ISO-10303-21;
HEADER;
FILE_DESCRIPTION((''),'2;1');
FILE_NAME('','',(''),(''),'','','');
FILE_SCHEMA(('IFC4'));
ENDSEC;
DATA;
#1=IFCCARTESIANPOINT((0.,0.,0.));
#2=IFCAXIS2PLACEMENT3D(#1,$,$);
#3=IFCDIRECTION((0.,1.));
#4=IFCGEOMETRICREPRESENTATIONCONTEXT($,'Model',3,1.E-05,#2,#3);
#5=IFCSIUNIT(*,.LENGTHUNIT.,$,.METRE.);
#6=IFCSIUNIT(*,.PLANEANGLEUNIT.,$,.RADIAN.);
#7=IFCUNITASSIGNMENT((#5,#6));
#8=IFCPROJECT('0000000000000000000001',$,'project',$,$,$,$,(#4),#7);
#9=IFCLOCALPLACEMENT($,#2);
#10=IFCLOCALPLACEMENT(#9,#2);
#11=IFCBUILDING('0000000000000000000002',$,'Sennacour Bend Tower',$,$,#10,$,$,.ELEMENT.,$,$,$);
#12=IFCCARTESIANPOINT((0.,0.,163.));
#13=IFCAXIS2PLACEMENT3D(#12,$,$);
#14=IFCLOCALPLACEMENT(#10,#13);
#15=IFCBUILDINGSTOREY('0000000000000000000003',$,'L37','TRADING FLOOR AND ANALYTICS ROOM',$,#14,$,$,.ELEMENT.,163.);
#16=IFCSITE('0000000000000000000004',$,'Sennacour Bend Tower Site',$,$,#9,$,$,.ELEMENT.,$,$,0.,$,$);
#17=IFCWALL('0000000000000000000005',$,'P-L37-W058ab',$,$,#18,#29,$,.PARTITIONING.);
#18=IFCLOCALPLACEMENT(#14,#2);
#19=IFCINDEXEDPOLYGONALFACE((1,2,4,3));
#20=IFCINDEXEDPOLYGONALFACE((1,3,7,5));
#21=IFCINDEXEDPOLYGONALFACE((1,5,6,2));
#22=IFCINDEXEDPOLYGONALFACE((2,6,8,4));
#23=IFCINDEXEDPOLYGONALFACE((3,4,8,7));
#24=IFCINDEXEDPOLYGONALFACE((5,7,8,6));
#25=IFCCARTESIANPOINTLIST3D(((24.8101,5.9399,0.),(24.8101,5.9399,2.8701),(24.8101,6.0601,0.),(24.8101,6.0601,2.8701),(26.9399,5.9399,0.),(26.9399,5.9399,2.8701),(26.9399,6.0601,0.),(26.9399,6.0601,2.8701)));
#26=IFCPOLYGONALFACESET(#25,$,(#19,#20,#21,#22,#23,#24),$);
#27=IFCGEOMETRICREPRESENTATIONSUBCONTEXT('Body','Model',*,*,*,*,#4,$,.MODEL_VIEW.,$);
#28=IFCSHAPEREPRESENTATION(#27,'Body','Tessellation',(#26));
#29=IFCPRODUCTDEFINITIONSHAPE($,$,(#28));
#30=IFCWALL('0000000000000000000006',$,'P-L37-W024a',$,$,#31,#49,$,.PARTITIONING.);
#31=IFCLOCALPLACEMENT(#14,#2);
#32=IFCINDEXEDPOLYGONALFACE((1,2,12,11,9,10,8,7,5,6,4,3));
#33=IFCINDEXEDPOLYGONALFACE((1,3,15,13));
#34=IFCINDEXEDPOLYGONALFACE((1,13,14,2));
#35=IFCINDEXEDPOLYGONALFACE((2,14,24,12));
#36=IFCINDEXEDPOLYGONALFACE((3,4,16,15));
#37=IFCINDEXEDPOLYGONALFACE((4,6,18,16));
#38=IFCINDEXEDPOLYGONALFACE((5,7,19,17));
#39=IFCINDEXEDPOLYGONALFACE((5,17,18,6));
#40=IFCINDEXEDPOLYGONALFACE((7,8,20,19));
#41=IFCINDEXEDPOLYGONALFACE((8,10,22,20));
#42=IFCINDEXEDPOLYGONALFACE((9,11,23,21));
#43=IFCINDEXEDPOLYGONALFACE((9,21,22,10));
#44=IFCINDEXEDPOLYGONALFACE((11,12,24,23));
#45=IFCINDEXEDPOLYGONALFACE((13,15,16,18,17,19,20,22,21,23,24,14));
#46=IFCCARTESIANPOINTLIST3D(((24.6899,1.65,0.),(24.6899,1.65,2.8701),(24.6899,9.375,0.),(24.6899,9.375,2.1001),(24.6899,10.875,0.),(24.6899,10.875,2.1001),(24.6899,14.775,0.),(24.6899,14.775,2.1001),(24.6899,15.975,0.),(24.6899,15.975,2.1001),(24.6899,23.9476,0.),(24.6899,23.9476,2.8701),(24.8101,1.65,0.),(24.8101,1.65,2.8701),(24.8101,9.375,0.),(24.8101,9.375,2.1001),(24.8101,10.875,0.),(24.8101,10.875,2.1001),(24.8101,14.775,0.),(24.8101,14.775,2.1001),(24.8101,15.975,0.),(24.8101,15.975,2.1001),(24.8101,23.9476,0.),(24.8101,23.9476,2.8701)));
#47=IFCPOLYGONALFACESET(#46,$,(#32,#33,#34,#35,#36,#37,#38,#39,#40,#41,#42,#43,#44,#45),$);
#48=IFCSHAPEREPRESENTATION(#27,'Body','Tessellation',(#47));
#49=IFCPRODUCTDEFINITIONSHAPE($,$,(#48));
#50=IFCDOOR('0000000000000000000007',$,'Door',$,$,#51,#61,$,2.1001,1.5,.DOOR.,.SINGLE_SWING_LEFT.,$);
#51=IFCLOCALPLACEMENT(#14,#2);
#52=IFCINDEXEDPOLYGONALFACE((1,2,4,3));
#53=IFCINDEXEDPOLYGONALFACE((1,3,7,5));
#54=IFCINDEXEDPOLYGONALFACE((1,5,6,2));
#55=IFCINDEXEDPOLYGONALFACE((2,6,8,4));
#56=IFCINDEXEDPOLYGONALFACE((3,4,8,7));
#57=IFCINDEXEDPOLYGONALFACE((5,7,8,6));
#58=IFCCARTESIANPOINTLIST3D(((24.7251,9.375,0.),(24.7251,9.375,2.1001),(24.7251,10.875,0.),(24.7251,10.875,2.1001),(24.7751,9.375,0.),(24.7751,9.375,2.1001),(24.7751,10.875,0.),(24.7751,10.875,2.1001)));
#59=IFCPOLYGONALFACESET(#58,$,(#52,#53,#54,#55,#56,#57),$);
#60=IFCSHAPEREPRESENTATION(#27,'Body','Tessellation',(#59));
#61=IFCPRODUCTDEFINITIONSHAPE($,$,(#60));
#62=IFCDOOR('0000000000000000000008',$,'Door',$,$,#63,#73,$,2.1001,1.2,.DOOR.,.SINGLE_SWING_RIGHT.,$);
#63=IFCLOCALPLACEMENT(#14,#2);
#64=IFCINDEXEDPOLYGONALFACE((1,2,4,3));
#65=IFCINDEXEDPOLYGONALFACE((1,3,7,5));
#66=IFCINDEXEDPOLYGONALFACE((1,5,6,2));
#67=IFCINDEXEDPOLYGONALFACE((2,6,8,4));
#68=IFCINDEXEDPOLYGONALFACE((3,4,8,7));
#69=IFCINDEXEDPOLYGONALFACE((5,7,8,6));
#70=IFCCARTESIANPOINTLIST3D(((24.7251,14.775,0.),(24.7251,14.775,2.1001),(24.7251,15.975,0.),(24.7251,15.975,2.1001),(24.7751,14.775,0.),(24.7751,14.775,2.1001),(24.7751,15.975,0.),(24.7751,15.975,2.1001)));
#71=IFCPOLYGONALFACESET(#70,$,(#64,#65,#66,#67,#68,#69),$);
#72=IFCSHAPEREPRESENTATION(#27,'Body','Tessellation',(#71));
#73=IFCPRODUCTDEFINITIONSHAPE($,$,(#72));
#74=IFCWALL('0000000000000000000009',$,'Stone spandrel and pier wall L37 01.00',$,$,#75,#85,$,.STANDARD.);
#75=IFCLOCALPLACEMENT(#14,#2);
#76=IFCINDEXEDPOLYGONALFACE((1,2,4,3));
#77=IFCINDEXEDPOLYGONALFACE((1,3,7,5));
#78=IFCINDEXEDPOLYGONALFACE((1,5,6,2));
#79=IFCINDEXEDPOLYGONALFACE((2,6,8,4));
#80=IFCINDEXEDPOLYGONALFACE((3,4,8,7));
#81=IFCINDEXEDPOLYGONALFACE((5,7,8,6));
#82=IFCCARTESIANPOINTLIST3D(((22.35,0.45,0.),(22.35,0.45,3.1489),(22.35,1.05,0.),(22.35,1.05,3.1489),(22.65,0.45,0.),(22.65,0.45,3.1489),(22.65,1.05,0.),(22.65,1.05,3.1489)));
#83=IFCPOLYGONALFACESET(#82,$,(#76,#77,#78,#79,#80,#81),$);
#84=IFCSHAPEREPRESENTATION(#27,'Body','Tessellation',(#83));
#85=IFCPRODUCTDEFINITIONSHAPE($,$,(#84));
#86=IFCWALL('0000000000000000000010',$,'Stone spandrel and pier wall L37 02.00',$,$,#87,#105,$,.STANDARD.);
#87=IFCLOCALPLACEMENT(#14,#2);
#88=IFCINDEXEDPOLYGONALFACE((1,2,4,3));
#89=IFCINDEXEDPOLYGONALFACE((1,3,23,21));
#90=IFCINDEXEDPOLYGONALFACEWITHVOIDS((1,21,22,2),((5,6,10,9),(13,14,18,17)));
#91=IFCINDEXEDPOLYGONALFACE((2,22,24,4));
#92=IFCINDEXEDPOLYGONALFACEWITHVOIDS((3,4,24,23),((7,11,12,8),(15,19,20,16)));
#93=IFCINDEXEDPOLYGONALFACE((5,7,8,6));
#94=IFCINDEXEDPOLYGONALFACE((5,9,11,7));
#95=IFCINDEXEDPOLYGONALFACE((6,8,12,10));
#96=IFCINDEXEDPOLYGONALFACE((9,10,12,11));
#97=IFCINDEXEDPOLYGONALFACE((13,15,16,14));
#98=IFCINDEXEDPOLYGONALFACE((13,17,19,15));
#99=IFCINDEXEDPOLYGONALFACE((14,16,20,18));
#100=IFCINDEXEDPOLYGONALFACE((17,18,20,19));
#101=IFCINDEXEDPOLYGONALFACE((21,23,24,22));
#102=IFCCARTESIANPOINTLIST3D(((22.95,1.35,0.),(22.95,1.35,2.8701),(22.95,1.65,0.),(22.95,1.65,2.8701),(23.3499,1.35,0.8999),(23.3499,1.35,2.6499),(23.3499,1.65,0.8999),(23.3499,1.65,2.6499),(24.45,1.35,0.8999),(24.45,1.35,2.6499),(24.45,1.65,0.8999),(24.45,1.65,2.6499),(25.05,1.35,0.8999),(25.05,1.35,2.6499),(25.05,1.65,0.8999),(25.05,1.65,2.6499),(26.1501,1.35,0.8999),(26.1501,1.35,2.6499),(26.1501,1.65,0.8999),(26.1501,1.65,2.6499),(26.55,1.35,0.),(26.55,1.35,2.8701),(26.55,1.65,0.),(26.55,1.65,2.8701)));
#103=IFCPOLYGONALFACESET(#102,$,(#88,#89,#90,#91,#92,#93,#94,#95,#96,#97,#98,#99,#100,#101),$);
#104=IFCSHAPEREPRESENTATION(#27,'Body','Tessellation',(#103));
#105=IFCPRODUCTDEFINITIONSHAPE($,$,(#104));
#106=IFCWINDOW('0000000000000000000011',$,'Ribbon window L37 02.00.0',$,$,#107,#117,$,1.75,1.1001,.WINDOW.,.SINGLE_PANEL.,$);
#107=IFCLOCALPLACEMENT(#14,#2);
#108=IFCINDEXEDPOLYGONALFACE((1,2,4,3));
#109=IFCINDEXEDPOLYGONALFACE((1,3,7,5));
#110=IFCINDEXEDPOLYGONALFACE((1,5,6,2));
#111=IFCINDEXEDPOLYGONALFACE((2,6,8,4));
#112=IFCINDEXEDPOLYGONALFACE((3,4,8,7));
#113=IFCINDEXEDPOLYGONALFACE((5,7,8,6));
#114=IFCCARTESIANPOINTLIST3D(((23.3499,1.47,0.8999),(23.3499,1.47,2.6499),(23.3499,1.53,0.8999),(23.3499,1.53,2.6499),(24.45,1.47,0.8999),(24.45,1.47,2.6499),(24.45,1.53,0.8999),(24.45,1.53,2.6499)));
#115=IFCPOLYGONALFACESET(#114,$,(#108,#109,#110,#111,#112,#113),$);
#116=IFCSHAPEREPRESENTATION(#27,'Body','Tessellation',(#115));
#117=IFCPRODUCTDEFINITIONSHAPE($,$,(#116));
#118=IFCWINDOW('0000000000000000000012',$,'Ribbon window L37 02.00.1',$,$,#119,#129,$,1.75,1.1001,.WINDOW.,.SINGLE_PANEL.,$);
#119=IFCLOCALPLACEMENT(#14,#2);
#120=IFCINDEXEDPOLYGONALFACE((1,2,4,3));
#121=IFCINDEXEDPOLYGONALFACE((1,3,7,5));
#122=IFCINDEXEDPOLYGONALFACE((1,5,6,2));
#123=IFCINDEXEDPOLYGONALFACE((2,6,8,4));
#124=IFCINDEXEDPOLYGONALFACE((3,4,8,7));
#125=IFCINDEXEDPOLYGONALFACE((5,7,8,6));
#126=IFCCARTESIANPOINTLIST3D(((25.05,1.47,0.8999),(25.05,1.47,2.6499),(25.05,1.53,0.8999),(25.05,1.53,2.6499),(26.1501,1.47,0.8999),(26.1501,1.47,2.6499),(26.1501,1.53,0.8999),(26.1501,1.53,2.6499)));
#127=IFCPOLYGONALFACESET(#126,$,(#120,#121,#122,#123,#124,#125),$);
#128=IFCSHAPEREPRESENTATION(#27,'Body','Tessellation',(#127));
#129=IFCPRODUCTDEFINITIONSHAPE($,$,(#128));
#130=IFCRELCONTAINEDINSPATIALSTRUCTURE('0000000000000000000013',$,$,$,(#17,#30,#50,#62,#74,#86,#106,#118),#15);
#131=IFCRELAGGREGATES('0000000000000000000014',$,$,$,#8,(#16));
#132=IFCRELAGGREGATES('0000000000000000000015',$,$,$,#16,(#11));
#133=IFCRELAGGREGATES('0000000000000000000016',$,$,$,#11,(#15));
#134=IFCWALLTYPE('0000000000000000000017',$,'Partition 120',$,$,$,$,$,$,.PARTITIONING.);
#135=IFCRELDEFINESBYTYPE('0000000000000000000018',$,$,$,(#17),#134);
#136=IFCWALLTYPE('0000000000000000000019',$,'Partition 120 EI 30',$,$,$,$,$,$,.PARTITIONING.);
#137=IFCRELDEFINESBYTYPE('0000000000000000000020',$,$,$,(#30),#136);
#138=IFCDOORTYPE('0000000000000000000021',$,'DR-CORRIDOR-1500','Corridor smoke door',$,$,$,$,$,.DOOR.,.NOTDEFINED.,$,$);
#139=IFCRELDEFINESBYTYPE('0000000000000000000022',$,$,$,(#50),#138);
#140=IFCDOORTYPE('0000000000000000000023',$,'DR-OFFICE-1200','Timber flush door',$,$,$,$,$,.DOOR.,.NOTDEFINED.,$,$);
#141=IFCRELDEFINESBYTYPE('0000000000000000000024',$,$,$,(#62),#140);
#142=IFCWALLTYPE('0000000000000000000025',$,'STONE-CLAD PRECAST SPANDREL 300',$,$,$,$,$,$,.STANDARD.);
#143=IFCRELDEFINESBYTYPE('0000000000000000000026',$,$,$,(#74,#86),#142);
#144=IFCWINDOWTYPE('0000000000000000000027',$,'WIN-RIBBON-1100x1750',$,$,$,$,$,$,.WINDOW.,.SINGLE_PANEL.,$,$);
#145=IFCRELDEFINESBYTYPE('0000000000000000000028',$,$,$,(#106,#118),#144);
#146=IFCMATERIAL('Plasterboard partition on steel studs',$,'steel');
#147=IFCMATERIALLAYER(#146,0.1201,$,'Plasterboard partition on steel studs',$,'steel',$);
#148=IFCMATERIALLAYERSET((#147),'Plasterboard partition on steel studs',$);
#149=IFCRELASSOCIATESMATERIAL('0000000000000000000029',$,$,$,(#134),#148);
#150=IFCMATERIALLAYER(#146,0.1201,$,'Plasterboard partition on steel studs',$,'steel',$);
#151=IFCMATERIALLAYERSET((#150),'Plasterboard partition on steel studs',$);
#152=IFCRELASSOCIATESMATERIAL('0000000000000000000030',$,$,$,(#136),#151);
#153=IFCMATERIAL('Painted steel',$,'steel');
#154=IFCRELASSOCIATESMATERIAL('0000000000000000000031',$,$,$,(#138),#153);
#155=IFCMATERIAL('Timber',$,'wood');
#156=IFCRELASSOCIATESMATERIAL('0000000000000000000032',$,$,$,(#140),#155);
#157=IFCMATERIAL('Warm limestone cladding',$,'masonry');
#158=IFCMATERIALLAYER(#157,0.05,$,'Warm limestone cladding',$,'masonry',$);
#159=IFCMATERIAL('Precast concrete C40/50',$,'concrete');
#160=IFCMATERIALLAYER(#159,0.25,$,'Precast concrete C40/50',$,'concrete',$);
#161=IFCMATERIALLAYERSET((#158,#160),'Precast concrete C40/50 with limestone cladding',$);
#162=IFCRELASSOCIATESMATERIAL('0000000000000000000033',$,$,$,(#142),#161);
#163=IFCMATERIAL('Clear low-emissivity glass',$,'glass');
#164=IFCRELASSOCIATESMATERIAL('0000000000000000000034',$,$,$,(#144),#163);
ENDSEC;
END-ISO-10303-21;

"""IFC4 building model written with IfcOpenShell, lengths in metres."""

from ifc_helpers import new_model, si_unit, direction, frame, frame_2d, origin, place, context, subcontext, project, spatial, rectangle, extrude, material, layer, layer_set, type_object, element, fill, save


model = new_model("IFC4")

# Units and contexts
model_context = context("Model", 3, precision=1e-05, world=origin(), true_north=direction((0.0, 1.0)))
body_context = subcontext(model_context, "Body", "Model", "MODEL_VIEW")
ifc_project = project(units=[si_unit("LENGTHUNIT", "METRE"), si_unit("PLANEANGLEUNIT", "RADIAN")], contexts=[model_context])

# Site, building, storey
site_placement = place(None, origin())
site = spatial("IfcSite", under=ifc_project, at=site_placement, Name="Sennacour Bend Tower Site", CompositionType="ELEMENT", RefElevation=0.0)
building_placement = place(site_placement, origin())
building = spatial("IfcBuilding", under=site, at=building_placement, Name="Sennacour Bend Tower", CompositionType="ELEMENT")
storey_placement = place(building_placement, frame((0.0, 0.0, 163.0)))
storey = spatial("IfcBuildingStorey", under=building, at=storey_placement, Name="L37", Description="TRADING FLOOR AND ANALYTICS ROOM", CompositionType="ELEMENT", Elevation=163.0)

# Wall
ifc_material_1 = material(Name="Plasterboard partition on steel studs", Category="steel")
ifc_layer_1 = layer(ifc_material_1, 0.1201, Name="Plasterboard partition on steel studs", Category="steel")
ifc_layer_set_1 = layer_set([ifc_layer_1], Name="Plasterboard partition on steel studs")
wall_type_1 = type_object("IfcWallType", Name="Partition 120", PredefinedType="PARTITIONING", material=ifc_layer_set_1)
wall_1_placement = place(storey_placement, frame((24.8101, 6.0, 0.0), z_axis=(0.0, 0.0, 1.0), x_axis=(1.0, 0.0, 0.0)))
element("IfcWall", 1, at=wall_1_placement, inside=storey, type_object=wall_type_1, Name="P-L37-W058ab", PredefinedType="PARTITIONING", context=body_context, shape_type="SweptSolid", body=[
    extrude(rectangle(XDim=2.1299, YDim=0.1201, at=frame_2d((1.0649, 0.0))), origin(), (0.0, 0.0, 1.0), 2.8701),
])

# Wall, openings, doors
ifc_layer_2 = layer(ifc_material_1, 0.1201, Name="Plasterboard partition on steel studs", Category="steel")
ifc_layer_set_2 = layer_set([ifc_layer_2], Name="Plasterboard partition on steel studs")
wall_type_2 = type_object("IfcWallType", Name="Partition 120 EI 30", PredefinedType="PARTITIONING", material=ifc_layer_set_2)
wall_2_placement = place(storey_placement, frame((24.75, 1.6499, 0.0), z_axis=(0.0, 0.0, 1.0), x_axis=(0.0, 1.0, 0.0)))
wall_2 = element("IfcWall", 2, at=wall_2_placement, inside=storey, type_object=wall_type_2, Name="P-L37-W024a", PredefinedType="PARTITIONING", context=body_context, shape_type="SweptSolid", body=[
    extrude(rectangle(XDim=22.2976, YDim=0.1201, at=frame_2d((11.1489, 0.0))), origin(), (0.0, 0.0, 1.0), 2.8701),
])
opening_1_placement = place(wall_2_placement, frame((7.7251, 0.0, 0.0)))
opening_1 = element("IfcOpeningElement", 3, at=opening_1_placement, cuts=wall_2, PredefinedType="OPENING", context=body_context, shape_type="SweptSolid", body=[
    extrude(rectangle(XDim=1.5, YDim=2.1001, at=frame_2d((0.75, 1.05))), frame((0.0, 0.0701, 0.0), z_axis=(0.0, -1.0, 0.0), x_axis=(1.0, 0.0, 0.0)), (0.0, 0.0, 1.0), 0.1401),
])
opening_2_placement = place(wall_2_placement, frame((13.125, 0.0, 0.0)))
opening_2 = element("IfcOpeningElement", 4, at=opening_2_placement, cuts=wall_2, PredefinedType="OPENING", context=body_context, shape_type="SweptSolid", body=[
    extrude(rectangle(XDim=1.2, YDim=2.1001, at=frame_2d((0.6001, 1.05))), frame((0.0, 0.0701, 0.0), z_axis=(0.0, -1.0, 0.0), x_axis=(1.0, 0.0, 0.0)), (0.0, 0.0, 1.0), 0.1401),
])
ifc_material_2 = material(Name="Painted steel", Category="steel")
door_type_1 = type_object("IfcDoorType", Name="DR-CORRIDOR-1500", Description="Corridor smoke door", OperationType="NOTDEFINED", PredefinedType="DOOR", material=ifc_material_2)
door_1_placement = place(opening_1_placement, origin())
door_1 = element("IfcDoor", 5, at=door_1_placement, inside=storey, type_object=door_type_1, Name="Door", OperationType="SINGLE_SWING_LEFT", OverallHeight=2.1001, OverallWidth=1.5, PredefinedType="DOOR", context=body_context, shape_type="SweptSolid", body=[
    extrude(rectangle(XDim=1.5, YDim=2.1001, at=frame_2d((0.75, 1.05))), frame((0.0, 0.0249, 0.0), z_axis=(0.0, -1.0, 0.0), x_axis=(1.0, 0.0, 0.0)), (0.0, 0.0, 1.0), 0.05),
])
fill(opening_1, door_1)
ifc_material_3 = material(Name="Timber", Category="wood")
door_type_2 = type_object("IfcDoorType", Name="DR-OFFICE-1200", Description="Timber flush door", OperationType="NOTDEFINED", PredefinedType="DOOR", material=ifc_material_3)
door_2_placement = place(opening_2_placement, origin())
door_2 = element("IfcDoor", 6, at=door_2_placement, inside=storey, type_object=door_type_2, Name="Door", OperationType="SINGLE_SWING_RIGHT", OverallHeight=2.1001, OverallWidth=1.2, PredefinedType="DOOR", context=body_context, shape_type="SweptSolid", body=[
    extrude(rectangle(XDim=1.2, YDim=2.1001, at=frame_2d((0.6001, 1.05))), frame((0.0, 0.0249, 0.0), z_axis=(0.0, -1.0, 0.0), x_axis=(1.0, 0.0, 0.0)), (0.0, 0.0, 1.0), 0.05),
])
fill(opening_2, door_2)

# Wall
ifc_material_4 = material(Name="Warm limestone cladding", Category="masonry")
ifc_layer_3 = layer(ifc_material_4, 0.05, Name="Warm limestone cladding", Category="masonry")
ifc_material_5 = material(Name="Precast concrete C40/50", Category="concrete")
ifc_layer_4 = layer(ifc_material_5, 0.25, Name="Precast concrete C40/50", Category="concrete")
ifc_layer_set_3 = layer_set([ifc_layer_3, ifc_layer_4], Name="Precast concrete C40/50 with limestone cladding")
wall_type_3 = type_object("IfcWallType", Name="STONE-CLAD PRECAST SPANDREL 300", PredefinedType="STANDARD", material=ifc_layer_set_3)
wall_3_placement = place(storey_placement, frame((22.5, 0.45, 0.0), z_axis=(0.0, 0.0, 1.0), x_axis=(0.0, 1.0, 0.0)))
element("IfcWall", 7, at=wall_3_placement, inside=storey, type_object=wall_type_3, Name="Stone spandrel and pier wall L37 01.00", PredefinedType="STANDARD", context=body_context, shape_type="SweptSolid", body=[
    extrude(rectangle(XDim=0.6001, YDim=0.3, at=frame_2d((0.3, 0.0))), origin(), (0.0, 0.0, 1.0), 3.1489),
])

# Wall, openings, windows
wall_4_placement = place(storey_placement, frame((22.95, 1.5, 0.0), z_axis=(0.0, 0.0, 1.0), x_axis=(1.0, 0.0, 0.0)))
wall_4 = element("IfcWall", 8, at=wall_4_placement, inside=storey, type_object=wall_type_3, Name="Stone spandrel and pier wall L37 02.00", PredefinedType="STANDARD", context=body_context, shape_type="SweptSolid", body=[
    extrude(rectangle(XDim=3.6001, YDim=0.3, at=frame_2d((1.8, 0.0))), origin(), (0.0, 0.0, 1.0), 2.8701),
])
opening_3_placement = place(wall_4_placement, frame((0.3999, 0.0, 0.8999)))
opening_3 = element("IfcOpeningElement", 9, at=opening_3_placement, cuts=wall_4, PredefinedType="OPENING", context=body_context, shape_type="SweptSolid", body=[
    extrude(rectangle(XDim=1.1001, YDim=1.75, at=frame_2d((0.55, 0.875))), frame((0.0, 0.1602, 0.0), z_axis=(0.0, -1.0, 0.0), x_axis=(1.0, 0.0, 0.0)), (0.0, 0.0, 1.0), 0.3201),
])
opening_4_placement = place(wall_4_placement, frame((2.1001, 0.0, 0.8999)))
opening_4 = element("IfcOpeningElement", 10, at=opening_4_placement, cuts=wall_4, PredefinedType="OPENING", context=body_context, shape_type="SweptSolid", body=[
    extrude(rectangle(XDim=1.1001, YDim=1.75, at=frame_2d((0.55, 0.875))), frame((0.0, 0.1602, 0.0), z_axis=(0.0, -1.0, 0.0), x_axis=(1.0, 0.0, 0.0)), (0.0, 0.0, 1.0), 0.3201),
])
ifc_material_6 = material(Name="Clear low-emissivity glass", Category="glass")
window_type = type_object("IfcWindowType", Name="WIN-RIBBON-1100x1750", PartitioningType="SINGLE_PANEL", PredefinedType="WINDOW", material=ifc_material_6)
window_1_placement = place(opening_3_placement, origin())
window_1 = element("IfcWindow", 11, at=window_1_placement, inside=storey, type_object=window_type, Name="Ribbon window L37 02.00.0", OverallHeight=1.75, OverallWidth=1.1001, PartitioningType="SINGLE_PANEL", PredefinedType="WINDOW", context=body_context, shape_type="SweptSolid", body=[
    extrude(rectangle(XDim=1.1001, YDim=1.75, at=frame_2d((0.55, 0.875))), frame((0.0, 0.03, 0.0), z_axis=(0.0, -1.0, 0.0), x_axis=(1.0, 0.0, 0.0)), (0.0, 0.0, 1.0), 0.0601),
])
fill(opening_3, window_1)
window_2_placement = place(opening_4_placement, origin())
window_2 = element("IfcWindow", 12, at=window_2_placement, inside=storey, type_object=window_type, Name="Ribbon window L37 02.00.1", OverallHeight=1.75, OverallWidth=1.1001, PartitioningType="SINGLE_PANEL", PredefinedType="WINDOW", context=body_context, shape_type="SweptSolid", body=[
    extrude(rectangle(XDim=1.1001, YDim=1.75, at=frame_2d((0.55, 0.875))), frame((0.0, 0.03, 0.0), z_axis=(0.0, -1.0, 0.0), x_axis=(1.0, 0.0, 0.0)), (0.0, 0.0, 1.0), 0.0601),
])
fill(opening_4, window_2)

save(model, "model.ifc")
